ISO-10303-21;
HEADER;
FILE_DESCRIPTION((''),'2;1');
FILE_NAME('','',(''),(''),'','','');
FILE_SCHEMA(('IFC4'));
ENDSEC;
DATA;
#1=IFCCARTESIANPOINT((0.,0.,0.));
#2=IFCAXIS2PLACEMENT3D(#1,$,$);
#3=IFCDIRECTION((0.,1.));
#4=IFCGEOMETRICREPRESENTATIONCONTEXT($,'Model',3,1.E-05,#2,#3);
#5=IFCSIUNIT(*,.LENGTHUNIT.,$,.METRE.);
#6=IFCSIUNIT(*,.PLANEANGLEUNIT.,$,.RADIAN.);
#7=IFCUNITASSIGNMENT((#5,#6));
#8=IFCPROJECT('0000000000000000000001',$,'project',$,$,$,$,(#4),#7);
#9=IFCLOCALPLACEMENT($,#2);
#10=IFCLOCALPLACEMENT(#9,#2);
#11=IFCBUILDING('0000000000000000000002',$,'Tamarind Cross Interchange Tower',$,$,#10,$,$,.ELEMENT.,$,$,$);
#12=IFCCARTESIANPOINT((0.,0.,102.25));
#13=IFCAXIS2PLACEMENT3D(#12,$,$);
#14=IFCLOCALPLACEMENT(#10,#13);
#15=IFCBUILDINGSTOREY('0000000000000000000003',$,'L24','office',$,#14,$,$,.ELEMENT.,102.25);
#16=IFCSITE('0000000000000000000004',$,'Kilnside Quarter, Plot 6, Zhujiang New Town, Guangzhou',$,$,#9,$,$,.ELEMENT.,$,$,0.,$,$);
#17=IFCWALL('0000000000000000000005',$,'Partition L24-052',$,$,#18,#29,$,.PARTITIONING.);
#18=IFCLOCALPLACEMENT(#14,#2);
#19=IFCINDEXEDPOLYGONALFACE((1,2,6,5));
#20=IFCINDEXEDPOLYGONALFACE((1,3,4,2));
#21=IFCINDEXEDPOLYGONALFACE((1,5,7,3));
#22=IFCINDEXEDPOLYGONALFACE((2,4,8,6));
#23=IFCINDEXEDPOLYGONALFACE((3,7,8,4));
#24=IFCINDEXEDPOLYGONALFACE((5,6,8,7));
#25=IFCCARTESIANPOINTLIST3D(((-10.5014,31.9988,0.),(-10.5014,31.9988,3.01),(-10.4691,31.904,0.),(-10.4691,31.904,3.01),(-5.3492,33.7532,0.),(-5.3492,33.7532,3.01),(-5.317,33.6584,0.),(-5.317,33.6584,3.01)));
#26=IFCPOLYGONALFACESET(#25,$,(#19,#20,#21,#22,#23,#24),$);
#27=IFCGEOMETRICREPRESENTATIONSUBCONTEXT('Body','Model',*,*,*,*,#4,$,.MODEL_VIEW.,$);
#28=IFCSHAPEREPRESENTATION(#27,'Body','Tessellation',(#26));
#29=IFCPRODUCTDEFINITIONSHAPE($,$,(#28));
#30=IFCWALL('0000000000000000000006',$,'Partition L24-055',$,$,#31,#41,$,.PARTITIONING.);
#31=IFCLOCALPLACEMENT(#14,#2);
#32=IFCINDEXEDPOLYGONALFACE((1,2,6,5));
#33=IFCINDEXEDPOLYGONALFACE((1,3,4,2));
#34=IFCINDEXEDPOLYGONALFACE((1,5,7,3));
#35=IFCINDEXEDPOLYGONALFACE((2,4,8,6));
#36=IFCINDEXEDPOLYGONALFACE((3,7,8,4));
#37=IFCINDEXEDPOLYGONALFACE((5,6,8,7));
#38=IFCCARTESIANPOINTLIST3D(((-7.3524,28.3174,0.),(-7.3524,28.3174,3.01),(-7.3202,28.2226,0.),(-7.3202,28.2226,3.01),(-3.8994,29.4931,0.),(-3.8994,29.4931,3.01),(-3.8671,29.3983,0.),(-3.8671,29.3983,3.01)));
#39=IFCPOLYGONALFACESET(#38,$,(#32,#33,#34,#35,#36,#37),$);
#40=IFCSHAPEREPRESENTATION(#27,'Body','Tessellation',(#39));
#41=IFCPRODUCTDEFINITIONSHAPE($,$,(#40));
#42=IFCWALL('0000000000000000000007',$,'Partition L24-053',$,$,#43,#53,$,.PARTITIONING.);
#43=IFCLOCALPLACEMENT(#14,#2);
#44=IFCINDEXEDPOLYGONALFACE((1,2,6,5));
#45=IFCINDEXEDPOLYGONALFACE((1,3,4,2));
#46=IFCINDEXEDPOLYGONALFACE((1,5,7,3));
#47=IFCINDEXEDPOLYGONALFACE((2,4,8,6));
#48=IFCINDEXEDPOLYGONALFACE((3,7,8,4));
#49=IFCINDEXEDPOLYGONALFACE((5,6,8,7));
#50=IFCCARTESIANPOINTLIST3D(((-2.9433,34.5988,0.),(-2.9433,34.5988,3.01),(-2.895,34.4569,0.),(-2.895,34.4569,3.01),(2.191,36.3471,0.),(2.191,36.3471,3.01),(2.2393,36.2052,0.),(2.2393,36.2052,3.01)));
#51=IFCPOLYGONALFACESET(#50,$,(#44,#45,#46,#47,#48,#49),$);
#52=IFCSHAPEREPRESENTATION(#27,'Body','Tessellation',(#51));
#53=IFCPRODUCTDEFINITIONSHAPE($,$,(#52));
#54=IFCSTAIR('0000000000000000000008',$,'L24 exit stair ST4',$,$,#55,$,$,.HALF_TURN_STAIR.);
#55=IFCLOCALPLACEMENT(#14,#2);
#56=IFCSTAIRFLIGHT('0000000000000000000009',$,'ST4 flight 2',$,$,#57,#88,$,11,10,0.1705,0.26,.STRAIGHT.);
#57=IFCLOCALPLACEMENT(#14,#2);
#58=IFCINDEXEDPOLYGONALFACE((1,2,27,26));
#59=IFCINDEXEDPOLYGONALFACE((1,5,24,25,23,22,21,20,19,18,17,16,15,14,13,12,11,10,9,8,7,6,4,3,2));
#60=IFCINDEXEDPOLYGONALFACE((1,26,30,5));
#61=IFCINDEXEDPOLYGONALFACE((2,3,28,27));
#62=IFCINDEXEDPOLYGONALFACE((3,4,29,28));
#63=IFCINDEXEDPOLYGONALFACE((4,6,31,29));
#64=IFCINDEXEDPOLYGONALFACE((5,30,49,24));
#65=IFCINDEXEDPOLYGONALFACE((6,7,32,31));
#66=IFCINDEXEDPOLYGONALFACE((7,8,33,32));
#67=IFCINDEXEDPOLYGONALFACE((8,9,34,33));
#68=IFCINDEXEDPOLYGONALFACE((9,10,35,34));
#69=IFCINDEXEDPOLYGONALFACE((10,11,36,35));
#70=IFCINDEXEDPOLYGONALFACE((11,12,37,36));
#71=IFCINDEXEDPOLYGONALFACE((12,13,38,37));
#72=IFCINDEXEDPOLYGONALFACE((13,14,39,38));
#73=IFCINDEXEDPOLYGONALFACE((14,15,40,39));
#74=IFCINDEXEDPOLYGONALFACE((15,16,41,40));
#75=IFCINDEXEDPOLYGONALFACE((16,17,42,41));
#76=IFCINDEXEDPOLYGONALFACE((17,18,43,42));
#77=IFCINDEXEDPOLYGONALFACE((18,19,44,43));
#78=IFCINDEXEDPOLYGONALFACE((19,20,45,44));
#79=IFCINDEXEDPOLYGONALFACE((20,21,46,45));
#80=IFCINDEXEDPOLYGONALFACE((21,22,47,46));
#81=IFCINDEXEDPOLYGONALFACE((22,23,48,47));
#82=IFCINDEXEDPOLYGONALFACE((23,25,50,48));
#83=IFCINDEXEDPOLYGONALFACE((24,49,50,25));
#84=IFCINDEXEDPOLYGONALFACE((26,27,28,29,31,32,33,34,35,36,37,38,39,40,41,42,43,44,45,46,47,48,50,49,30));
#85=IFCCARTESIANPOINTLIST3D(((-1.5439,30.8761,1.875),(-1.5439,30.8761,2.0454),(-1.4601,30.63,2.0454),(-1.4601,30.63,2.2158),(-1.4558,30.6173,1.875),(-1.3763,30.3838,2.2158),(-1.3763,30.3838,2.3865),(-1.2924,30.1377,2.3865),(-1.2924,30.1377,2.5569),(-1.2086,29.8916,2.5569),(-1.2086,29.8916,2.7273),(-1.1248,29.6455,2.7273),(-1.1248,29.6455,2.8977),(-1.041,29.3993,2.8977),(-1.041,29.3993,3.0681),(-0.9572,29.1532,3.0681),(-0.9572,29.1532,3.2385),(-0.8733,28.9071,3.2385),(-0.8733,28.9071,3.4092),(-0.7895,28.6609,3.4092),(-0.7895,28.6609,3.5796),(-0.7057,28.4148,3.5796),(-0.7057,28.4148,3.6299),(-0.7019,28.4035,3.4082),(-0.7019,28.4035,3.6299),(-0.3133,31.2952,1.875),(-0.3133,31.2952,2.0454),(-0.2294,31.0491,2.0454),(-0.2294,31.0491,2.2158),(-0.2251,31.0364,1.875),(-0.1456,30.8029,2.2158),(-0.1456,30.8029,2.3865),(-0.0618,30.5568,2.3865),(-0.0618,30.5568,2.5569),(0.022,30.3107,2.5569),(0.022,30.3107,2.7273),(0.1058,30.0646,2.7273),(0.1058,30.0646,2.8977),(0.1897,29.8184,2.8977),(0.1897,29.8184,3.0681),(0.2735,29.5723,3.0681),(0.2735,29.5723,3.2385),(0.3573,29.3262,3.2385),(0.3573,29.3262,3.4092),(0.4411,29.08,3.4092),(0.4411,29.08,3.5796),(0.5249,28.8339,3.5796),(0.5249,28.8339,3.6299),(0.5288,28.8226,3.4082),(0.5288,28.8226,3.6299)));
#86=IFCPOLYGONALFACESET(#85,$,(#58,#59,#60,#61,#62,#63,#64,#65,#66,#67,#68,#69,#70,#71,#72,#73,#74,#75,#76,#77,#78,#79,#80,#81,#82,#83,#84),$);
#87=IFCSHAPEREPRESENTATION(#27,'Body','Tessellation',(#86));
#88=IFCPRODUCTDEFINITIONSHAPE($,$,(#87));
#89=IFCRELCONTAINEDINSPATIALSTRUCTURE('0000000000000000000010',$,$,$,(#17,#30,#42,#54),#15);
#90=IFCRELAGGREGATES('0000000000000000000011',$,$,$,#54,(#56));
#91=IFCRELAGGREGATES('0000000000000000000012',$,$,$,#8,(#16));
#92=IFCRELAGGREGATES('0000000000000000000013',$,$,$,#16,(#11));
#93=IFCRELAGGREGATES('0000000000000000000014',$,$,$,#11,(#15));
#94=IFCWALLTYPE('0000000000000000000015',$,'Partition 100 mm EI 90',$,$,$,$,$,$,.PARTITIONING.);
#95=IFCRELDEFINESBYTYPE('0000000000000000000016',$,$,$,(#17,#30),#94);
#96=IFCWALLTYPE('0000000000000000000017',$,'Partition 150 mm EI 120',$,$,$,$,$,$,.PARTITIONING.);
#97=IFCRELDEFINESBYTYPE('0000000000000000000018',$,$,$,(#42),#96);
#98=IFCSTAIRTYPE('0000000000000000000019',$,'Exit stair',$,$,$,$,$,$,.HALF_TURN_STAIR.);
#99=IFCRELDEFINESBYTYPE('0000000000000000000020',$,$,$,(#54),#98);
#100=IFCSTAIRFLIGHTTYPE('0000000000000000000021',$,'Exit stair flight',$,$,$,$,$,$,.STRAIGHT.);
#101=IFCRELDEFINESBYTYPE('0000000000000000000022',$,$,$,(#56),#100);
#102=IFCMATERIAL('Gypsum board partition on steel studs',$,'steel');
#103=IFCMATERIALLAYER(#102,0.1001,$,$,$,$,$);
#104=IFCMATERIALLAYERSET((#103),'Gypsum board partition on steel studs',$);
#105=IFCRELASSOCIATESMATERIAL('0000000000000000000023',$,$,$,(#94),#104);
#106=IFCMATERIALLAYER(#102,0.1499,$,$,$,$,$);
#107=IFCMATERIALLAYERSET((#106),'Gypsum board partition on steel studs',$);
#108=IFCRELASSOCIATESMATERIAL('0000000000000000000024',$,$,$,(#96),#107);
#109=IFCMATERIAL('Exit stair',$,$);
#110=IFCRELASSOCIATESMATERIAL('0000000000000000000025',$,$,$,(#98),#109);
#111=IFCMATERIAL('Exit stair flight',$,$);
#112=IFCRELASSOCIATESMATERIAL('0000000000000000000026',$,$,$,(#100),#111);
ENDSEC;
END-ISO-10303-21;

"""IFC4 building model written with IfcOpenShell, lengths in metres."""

from ifc_helpers import new_model, si_unit, direction, frame, frame_2d, origin, place, context, subcontext, project, spatial, polyline, rectangle, outline, extrude, material, layer, layer_set, type_object, element, aggregate, save


model = new_model("IFC4")

# Units and contexts
model_context = context("Model", 3, precision=1e-05, world=origin(), true_north=direction((0.0, 1.0)))
body_context = subcontext(model_context, "Body", "Model", "MODEL_VIEW")
ifc_project = project(units=[si_unit("LENGTHUNIT", "METRE"), si_unit("PLANEANGLEUNIT", "RADIAN")], contexts=[model_context])

# Site, building, storey
site_placement = place(None, origin())
site = spatial("IfcSite", under=ifc_project, at=site_placement, Name="Kilnside Quarter, Plot 6, Zhujiang New Town, Guangzhou", CompositionType="ELEMENT", RefElevation=0.0)
building_placement = place(site_placement, origin())
building = spatial("IfcBuilding", under=site, at=building_placement, Name="Tamarind Cross Interchange Tower", CompositionType="ELEMENT")
storey_placement = place(building_placement, frame((0.0, 0.0, 102.25)))
storey = spatial("IfcBuildingStorey", under=building, at=storey_placement, Name="L24", Description="office", CompositionType="ELEMENT", Elevation=102.25)

# Walls
ifc_material_1 = material(Name="Gypsum board partition on steel studs", Category="steel")
ifc_layer_1 = layer(ifc_material_1, 0.1001)
ifc_layer_set_1 = layer_set([ifc_layer_1], Name="Gypsum board partition on steel studs")
wall_type_1 = type_object("IfcWallType", Name="Partition 100 mm EI 90", PredefinedType="PARTITIONING", material=ifc_layer_set_1)
wall_1_placement = place(storey_placement, frame((-10.4851, 31.9514, 0.0), z_axis=(0.0, 0.0, 1.0), x_axis=(0.946623, 0.322344, 0.0)))
element("IfcWall", 1, at=wall_1_placement, inside=storey, type_object=wall_type_1, Name="Partition L24-052", PredefinedType="PARTITIONING", context=body_context, shape_type="SweptSolid", body=[
    extrude(rectangle(XDim=5.4426, YDim=0.1001, at=frame_2d((2.7212, 0.0))), origin(), (0.0, 0.0, 1.0), 3.01),
])
wall_2_placement = place(storey_placement, frame((-7.3362, 28.27, 0.0), z_axis=(0.0, 0.0, 1.0), x_axis=(0.946629, 0.322325, 0.0)))
element("IfcWall", 2, at=wall_2_placement, inside=storey, type_object=wall_type_1, Name="Partition L24-055", PredefinedType="PARTITIONING", context=body_context, shape_type="SweptSolid", body=[
    extrude(rectangle(XDim=3.6477, YDim=0.1001, at=frame_2d((1.8237, 0.0))), origin(), (0.0, 0.0, 1.0), 3.01),
])
ifc_layer_2 = layer(ifc_material_1, 0.1499)
ifc_layer_set_2 = layer_set([ifc_layer_2], Name="Gypsum board partition on steel studs")
wall_type_2 = type_object("IfcWallType", Name="Partition 150 mm EI 120", PredefinedType="PARTITIONING", material=ifc_layer_set_2)
wall_3_placement = place(storey_placement, frame((-2.9192, 34.5278, 0.0), z_axis=(0.0, 0.0, 1.0), x_axis=(0.946624, 0.322338, 0.0)))
element("IfcWall", 3, at=wall_3_placement, inside=storey, type_object=wall_type_2, Name="Partition L24-053", PredefinedType="PARTITIONING", context=body_context, shape_type="SweptSolid", body=[
    extrude(rectangle(XDim=5.4238, YDim=0.1499, at=frame_2d((2.7119, 0.0))), origin(), (0.0, 0.0, 1.0), 3.01),
])

# Stair, stair flight
ifc_material_2 = material(Name="Exit stair")
stair_type = type_object("IfcStairType", Name="Exit stair", PredefinedType="HALF_TURN_STAIR", material=ifc_material_2)
stair_placement = place(storey_placement, origin())
stair = element("IfcStair", 4, at=stair_placement, inside=storey, type_object=stair_type, Name="L24 exit stair ST4", PredefinedType="HALF_TURN_STAIR")
ifc_material_3 = material(Name="Exit stair flight")
stair_flight_type = type_object("IfcStairFlightType", Name="Exit stair flight", PredefinedType="STRAIGHT", material=ifc_material_3)
stair_flight_placement = place(storey_placement, frame((-0.9285, 31.0857, 1.875), z_axis=(0.0, 0.0, 1.0), x_axis=(0.322371, -0.946613, 0.0)))
stair_flight = element("IfcStairFlight", 5, at=stair_flight_placement, type_object=stair_flight_type, Name="ST4 flight 2", NumberOfRisers=11, NumberOfTreads=10, PredefinedType="STRAIGHT", RiserHeight=0.1705, TreadLength=0.26, context=body_context, shape_type="SweptSolid", body=[
    extrude(outline(polyline([(0.0, 0.0), (0.0, 0.1704), (0.26, 0.1704), (0.26, 0.3408), (0.52, 0.3408), (0.52, 0.5115), (0.78, 0.5115), (0.78, 0.6819), (1.04, 0.6819), (1.04, 0.8523), (1.3, 0.8523), (1.3, 1.0227), (1.5601, 1.0227), (1.5601, 1.1931), (1.8201, 1.1931), (1.8201, 1.3635), (2.0801, 1.3635), (2.0801, 1.5342), (2.3401, 1.5342), (2.3401, 1.7046), (2.6001, 1.7046), (2.6001, 1.7549), (2.6121, 1.7549), (2.6121, 1.5332), (0.2734, 0.0), (0.0, 0.0)])), frame((0.0, 0.6499, 0.0), z_axis=(0.0, -1.0, 0.0), x_axis=(1.0, 0.0, 0.0)), (0.0, 0.0, 1.0), 1.3),
])
aggregate(stair, [stair_flight])

save(model, "model.ifc")
